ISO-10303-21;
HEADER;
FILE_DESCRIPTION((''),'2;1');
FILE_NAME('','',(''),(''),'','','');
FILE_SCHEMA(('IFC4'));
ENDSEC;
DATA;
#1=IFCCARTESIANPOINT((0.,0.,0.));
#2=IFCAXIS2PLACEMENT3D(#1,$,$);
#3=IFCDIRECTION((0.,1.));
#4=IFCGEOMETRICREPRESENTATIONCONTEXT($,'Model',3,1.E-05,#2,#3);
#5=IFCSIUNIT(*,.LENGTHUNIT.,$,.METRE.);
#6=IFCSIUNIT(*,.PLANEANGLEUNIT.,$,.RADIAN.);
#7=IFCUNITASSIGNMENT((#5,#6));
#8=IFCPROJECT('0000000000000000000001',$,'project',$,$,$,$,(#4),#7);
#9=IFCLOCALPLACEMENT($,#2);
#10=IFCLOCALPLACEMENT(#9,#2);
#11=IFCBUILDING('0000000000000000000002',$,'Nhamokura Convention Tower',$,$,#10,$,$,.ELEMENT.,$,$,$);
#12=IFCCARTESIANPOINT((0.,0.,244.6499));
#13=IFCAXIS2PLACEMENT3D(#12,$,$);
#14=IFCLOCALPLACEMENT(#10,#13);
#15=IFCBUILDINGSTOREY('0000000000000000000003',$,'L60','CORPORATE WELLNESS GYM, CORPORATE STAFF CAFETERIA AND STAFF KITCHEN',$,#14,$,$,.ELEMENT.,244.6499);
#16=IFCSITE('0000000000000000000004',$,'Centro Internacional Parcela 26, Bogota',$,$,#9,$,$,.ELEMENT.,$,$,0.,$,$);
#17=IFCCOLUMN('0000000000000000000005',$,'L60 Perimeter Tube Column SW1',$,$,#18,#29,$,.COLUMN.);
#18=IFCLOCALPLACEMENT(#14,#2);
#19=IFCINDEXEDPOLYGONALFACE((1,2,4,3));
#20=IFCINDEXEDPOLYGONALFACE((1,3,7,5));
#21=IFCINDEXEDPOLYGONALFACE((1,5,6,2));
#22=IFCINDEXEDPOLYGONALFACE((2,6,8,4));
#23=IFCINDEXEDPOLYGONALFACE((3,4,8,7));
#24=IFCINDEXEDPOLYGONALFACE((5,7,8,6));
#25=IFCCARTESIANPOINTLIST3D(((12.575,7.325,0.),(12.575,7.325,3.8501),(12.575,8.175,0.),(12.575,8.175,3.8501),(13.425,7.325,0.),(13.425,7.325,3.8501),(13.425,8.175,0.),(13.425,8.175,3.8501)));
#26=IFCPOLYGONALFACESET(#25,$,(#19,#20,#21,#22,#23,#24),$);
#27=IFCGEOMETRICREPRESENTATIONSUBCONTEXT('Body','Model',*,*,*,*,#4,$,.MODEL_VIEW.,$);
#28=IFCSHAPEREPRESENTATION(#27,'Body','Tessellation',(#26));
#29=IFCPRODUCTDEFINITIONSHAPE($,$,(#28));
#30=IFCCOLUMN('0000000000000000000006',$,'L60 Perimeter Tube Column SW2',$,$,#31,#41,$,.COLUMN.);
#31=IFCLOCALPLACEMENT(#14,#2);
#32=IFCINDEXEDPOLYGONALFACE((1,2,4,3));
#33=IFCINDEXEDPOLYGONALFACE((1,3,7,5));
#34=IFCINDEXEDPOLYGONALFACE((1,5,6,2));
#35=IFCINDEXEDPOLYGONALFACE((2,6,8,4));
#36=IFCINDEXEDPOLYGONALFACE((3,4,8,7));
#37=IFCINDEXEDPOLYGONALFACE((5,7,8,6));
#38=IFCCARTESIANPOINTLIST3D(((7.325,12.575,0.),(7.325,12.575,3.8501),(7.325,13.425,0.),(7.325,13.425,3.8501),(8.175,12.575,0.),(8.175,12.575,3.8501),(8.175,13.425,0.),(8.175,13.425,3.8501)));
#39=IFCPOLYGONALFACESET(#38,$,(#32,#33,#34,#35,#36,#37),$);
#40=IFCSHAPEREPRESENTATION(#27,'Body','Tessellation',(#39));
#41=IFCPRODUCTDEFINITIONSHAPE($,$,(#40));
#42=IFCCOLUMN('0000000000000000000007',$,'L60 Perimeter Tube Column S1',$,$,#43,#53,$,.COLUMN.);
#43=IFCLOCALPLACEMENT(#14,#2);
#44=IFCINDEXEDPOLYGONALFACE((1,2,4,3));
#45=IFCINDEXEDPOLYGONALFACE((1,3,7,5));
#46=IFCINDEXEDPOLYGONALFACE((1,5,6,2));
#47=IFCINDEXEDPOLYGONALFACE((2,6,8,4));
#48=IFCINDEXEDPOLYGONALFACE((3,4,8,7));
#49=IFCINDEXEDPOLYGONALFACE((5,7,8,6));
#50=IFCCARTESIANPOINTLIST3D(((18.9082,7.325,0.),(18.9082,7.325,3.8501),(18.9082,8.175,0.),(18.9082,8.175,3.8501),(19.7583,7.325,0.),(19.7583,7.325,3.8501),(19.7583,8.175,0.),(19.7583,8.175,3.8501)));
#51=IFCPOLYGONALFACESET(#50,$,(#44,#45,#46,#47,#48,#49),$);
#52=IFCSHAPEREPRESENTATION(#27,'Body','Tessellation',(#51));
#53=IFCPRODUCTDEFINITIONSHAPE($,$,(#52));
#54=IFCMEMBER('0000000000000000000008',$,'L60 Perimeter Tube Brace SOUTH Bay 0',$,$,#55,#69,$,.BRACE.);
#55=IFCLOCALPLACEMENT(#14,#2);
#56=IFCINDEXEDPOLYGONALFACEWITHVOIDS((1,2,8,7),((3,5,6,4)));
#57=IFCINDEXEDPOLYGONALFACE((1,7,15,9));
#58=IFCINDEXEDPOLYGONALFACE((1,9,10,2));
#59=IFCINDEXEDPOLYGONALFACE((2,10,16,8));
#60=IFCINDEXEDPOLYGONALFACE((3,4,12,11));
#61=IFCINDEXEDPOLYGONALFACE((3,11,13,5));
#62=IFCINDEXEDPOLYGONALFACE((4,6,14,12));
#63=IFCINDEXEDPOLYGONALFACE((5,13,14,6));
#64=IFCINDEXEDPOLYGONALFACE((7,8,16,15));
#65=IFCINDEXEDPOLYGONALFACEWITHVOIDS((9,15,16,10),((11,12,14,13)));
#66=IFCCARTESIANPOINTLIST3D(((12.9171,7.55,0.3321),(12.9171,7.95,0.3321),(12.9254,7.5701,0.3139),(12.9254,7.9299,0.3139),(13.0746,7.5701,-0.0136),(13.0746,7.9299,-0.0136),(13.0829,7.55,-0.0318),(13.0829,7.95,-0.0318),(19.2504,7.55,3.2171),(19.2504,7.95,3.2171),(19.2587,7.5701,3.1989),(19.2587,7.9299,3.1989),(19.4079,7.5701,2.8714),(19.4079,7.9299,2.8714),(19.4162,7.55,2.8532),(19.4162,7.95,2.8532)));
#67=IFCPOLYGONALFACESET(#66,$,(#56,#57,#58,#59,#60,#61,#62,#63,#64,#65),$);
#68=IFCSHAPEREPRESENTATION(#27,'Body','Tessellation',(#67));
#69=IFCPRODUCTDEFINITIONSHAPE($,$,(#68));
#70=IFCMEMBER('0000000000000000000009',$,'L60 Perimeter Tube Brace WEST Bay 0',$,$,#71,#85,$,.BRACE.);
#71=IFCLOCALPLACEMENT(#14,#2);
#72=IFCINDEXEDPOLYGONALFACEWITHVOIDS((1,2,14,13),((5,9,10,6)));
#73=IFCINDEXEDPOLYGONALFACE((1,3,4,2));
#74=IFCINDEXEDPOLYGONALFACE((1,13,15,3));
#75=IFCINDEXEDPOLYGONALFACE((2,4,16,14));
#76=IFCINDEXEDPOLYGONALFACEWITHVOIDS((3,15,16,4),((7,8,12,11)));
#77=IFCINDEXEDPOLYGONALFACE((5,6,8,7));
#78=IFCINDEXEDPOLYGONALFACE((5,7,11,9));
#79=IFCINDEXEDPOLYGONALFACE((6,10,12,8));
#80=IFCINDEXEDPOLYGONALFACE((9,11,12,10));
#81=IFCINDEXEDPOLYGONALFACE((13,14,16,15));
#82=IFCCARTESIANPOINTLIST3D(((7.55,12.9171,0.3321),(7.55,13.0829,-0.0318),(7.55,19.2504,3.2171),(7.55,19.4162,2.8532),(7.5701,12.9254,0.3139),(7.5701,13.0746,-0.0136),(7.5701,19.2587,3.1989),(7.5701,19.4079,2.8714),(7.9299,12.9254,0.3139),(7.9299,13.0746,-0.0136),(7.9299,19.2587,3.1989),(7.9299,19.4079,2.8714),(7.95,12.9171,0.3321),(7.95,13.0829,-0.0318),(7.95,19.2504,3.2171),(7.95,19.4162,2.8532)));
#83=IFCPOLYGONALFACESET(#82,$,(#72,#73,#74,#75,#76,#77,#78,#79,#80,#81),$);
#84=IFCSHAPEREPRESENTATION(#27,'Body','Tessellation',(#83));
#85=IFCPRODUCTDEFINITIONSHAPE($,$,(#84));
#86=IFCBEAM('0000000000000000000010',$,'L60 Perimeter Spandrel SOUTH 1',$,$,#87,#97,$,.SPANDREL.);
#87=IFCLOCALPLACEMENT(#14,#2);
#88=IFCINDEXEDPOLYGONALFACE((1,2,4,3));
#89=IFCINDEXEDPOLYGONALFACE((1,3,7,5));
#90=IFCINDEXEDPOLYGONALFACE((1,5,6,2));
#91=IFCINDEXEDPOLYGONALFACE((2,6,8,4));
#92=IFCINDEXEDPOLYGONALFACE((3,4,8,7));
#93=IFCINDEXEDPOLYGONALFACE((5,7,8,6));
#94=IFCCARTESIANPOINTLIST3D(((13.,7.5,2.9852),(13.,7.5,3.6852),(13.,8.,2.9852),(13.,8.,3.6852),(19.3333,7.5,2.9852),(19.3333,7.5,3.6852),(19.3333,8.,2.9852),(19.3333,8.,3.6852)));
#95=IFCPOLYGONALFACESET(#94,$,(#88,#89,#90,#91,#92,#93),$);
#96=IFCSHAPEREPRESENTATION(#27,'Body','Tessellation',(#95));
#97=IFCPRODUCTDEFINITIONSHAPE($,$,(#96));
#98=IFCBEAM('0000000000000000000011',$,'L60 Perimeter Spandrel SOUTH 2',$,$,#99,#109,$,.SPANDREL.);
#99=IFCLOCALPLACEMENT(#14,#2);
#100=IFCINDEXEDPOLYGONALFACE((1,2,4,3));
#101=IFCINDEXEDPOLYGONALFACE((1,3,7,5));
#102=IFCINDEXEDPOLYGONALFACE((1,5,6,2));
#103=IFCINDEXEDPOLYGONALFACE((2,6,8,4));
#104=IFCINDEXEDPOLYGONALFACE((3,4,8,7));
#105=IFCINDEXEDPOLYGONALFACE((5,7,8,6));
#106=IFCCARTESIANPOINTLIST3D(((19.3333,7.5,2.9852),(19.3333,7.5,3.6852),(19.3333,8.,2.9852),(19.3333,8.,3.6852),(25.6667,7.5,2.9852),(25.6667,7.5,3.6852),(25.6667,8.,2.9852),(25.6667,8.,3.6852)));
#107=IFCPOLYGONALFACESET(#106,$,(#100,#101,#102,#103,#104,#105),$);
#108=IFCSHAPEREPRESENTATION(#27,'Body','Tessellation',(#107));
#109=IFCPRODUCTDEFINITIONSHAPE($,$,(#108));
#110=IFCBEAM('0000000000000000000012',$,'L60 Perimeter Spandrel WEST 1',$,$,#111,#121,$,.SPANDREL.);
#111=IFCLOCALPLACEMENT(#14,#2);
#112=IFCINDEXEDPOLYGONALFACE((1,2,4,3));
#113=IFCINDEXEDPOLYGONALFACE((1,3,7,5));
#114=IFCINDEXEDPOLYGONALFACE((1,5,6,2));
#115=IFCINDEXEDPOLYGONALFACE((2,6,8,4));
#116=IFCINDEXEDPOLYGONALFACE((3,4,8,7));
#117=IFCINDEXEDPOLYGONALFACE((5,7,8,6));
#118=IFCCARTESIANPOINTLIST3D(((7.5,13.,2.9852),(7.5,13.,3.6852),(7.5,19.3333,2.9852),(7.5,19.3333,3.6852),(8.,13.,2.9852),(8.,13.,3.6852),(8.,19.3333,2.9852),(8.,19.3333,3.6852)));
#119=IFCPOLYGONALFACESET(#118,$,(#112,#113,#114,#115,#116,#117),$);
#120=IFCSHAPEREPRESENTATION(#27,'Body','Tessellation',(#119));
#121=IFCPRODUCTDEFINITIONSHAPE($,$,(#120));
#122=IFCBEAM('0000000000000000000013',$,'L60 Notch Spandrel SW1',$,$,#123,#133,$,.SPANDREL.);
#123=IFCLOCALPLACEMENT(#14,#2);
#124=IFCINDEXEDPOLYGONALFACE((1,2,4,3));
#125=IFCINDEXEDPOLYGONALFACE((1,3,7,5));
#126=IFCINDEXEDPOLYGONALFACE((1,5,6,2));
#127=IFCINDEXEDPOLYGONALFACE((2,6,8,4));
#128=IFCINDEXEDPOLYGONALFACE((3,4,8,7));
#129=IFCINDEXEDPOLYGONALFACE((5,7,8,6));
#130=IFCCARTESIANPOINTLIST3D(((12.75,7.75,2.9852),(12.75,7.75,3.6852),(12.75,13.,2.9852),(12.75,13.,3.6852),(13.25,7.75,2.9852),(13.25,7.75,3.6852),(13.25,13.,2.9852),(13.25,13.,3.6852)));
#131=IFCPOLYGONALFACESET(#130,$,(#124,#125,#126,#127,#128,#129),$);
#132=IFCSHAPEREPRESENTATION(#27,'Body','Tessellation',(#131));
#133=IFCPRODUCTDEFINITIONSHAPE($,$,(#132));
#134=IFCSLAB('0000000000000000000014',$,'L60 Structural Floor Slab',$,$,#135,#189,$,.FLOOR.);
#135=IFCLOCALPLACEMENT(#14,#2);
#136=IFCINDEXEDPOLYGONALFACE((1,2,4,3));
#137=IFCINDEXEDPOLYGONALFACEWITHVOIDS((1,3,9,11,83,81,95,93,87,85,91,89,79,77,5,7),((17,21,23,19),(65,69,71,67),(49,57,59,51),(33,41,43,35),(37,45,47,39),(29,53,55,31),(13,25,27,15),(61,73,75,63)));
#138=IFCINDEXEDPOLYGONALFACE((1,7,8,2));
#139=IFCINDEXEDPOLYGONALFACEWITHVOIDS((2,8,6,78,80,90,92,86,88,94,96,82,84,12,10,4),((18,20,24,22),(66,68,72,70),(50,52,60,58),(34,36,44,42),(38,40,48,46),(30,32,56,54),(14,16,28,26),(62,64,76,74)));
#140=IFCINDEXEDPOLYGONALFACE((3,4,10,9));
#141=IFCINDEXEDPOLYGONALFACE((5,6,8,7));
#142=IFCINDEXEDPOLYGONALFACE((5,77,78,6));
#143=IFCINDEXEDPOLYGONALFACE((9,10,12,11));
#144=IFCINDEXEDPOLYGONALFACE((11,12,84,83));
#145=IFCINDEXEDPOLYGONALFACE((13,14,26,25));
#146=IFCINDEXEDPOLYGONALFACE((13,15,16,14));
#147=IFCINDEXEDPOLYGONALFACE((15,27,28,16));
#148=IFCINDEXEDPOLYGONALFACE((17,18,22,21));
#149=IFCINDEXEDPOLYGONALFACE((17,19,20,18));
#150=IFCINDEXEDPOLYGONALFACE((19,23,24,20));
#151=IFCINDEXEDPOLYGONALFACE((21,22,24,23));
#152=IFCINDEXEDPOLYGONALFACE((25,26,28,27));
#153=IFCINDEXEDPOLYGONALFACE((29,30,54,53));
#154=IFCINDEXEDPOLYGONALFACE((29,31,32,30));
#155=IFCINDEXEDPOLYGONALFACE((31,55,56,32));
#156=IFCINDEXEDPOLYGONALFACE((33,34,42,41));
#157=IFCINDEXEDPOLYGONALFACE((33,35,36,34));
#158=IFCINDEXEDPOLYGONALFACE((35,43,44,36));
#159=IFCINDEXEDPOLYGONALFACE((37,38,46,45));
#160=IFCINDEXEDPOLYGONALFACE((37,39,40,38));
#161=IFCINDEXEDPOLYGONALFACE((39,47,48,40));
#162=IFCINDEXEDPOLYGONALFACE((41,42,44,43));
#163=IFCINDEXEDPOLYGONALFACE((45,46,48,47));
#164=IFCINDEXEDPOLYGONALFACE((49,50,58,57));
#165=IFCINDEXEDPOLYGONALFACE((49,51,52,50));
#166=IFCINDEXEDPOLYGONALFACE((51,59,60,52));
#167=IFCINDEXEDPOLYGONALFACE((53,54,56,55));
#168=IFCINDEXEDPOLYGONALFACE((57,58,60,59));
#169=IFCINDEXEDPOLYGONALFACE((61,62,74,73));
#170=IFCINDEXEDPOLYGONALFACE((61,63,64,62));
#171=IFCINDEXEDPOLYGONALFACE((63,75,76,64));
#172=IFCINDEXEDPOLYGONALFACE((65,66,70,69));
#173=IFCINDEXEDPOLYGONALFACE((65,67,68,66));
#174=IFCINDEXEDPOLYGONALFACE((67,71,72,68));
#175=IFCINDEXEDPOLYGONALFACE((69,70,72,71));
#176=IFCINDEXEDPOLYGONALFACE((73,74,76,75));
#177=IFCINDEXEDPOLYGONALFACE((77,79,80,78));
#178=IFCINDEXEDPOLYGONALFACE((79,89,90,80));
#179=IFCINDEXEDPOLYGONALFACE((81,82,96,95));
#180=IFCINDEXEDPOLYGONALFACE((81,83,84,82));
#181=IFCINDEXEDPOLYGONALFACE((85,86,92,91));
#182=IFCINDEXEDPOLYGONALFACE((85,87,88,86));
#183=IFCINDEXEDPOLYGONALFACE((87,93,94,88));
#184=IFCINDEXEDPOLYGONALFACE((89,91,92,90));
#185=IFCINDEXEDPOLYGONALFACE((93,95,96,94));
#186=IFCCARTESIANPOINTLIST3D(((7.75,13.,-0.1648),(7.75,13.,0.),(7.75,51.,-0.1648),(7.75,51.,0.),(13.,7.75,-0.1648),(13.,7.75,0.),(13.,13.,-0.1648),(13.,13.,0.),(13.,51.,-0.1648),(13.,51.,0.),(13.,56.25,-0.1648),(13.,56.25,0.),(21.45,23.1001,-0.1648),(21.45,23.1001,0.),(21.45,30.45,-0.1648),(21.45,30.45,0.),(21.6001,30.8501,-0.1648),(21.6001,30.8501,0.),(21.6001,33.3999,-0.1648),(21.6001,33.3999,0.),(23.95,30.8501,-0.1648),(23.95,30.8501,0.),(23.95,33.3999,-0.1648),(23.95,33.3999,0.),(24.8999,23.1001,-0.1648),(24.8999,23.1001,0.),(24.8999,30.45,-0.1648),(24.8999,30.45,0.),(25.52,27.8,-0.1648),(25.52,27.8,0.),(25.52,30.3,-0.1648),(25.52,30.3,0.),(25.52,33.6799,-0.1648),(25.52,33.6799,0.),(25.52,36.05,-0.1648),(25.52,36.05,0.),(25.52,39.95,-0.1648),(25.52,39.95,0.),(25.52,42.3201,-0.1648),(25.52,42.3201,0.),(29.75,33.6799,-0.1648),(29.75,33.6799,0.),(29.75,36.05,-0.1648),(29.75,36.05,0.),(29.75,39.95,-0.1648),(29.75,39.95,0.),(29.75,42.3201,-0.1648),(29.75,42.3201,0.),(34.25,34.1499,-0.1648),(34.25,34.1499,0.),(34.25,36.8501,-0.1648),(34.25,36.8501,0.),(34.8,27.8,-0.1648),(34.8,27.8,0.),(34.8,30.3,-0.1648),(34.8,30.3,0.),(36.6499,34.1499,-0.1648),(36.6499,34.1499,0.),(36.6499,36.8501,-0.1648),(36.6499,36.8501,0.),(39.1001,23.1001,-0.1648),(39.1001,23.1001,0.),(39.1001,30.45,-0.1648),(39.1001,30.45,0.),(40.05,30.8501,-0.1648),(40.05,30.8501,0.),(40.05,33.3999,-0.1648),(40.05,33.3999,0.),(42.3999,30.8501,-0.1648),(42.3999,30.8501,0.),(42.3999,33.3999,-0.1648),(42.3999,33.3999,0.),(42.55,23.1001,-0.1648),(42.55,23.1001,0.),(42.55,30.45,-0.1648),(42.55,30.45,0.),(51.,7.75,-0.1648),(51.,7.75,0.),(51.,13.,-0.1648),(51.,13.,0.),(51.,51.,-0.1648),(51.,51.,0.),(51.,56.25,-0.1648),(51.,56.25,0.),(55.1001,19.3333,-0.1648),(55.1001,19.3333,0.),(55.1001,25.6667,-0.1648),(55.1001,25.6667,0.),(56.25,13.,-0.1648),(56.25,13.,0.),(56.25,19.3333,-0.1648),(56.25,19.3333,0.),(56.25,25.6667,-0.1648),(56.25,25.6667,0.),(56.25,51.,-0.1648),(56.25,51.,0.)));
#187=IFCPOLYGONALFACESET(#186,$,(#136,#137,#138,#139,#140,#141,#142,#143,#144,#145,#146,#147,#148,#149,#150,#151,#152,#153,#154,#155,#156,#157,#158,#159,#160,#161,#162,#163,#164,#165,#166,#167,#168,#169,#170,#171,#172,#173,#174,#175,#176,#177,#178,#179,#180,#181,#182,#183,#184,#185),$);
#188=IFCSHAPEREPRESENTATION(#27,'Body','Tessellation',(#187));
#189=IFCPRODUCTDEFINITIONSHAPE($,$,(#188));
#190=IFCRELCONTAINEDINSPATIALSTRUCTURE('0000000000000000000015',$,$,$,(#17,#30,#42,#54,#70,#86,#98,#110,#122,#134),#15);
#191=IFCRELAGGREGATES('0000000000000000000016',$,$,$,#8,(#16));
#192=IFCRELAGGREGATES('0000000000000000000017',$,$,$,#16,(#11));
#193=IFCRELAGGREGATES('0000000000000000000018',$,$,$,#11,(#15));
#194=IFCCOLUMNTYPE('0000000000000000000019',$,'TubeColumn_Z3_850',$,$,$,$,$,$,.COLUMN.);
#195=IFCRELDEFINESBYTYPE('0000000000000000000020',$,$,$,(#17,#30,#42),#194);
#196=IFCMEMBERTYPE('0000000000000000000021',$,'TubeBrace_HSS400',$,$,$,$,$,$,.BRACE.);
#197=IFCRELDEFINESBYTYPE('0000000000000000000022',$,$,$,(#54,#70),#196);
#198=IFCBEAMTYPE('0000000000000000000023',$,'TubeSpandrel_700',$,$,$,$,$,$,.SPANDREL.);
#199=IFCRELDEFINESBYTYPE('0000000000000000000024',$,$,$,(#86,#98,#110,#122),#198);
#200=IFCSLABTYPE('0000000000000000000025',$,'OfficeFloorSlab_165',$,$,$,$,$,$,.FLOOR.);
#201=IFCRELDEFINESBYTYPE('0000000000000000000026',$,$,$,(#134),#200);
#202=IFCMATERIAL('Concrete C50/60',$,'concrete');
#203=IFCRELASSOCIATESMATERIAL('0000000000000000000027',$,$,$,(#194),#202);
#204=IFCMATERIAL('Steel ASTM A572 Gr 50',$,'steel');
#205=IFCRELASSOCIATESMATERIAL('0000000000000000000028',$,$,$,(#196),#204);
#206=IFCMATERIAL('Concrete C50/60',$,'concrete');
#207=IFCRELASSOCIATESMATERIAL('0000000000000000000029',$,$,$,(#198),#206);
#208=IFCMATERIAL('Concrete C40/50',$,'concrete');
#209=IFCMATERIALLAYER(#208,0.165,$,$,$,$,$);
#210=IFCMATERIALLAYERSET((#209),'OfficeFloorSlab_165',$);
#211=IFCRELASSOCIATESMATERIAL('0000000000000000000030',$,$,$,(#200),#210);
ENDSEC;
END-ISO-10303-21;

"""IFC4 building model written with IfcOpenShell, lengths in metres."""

from ifc_helpers import new_model, si_unit, direction, frame, origin, origin_2d, place, context, subcontext, project, spatial, polyline, rectangle, hollow_rectangle, outline, extrude, material, layer, layer_set, material_profile, profile_set, type_object, element, save


model = new_model("IFC4")

# Units and contexts
model_context = context("Model", 3, precision=1e-05, world=origin(), true_north=direction((0.0, 1.0)))
body_context = subcontext(model_context, "Body", "Model", "MODEL_VIEW")
ifc_project = project(units=[si_unit("LENGTHUNIT", "METRE"), si_unit("PLANEANGLEUNIT", "RADIAN")], contexts=[model_context])

# Site, building, storey
site_placement = place(None, origin())
site = spatial("IfcSite", under=ifc_project, at=site_placement, Name="Centro Internacional Parcela 26, Bogota", CompositionType="ELEMENT", RefElevation=0.0)
building_placement = place(site_placement, origin())
building = spatial("IfcBuilding", under=site, at=building_placement, Name="Nhamokura Convention Tower", CompositionType="ELEMENT")
storey_placement = place(building_placement, frame((0.0, 0.0, 244.6499)))
storey = spatial("IfcBuildingStorey", under=building, at=storey_placement, Name="L60", Description="CORPORATE WELLNESS GYM, CORPORATE STAFF CAFETERIA AND STAFF KITCHEN", CompositionType="ELEMENT", Elevation=244.6499)

# Columns
ifc_material_1 = material(Name="Concrete C50/60", Category="concrete")
ifc_material_profile_1 = material_profile(ifc_material_1, rectangle(XDim=0.8501, YDim=0.8501, at=origin_2d()))
ifc_profile_set_1 = profile_set([ifc_material_profile_1], Name="Concrete C50/60")
column_type = type_object("IfcColumnType", Name="TubeColumn_Z3_850", PredefinedType="COLUMN", material=ifc_profile_set_1)
for number, where, z_axis, x_axis, name in (
    (1, (13.0, 7.75, 0.0), (0.0, 0.0, 1.0), (1.0, 0.0, 0.0), "L60 Perimeter Tube Column SW1"),
    (2, (7.75, 13.0, 0.0), (0.0, 0.0, 1.0), (1.0, 0.0, 0.0), "L60 Perimeter Tube Column SW2"),
    (3, (19.3333, 7.75, 0.0), (0.0, 0.0, 1.0), (1.0, 0.0, 0.0), "L60 Perimeter Tube Column S1"),
):
    element("IfcColumn", number, at=place(storey_placement, frame(where, z_axis=z_axis, x_axis=x_axis)), inside=storey, type_object=column_type, Name=name, PredefinedType="COLUMN", context=body_context, shape_type="SweptSolid", body=[
        extrude(rectangle(XDim=0.8501, YDim=0.8501, at=origin_2d()), origin(), (0.0, 0.0, 1.0), 3.8501),
    ])

# Members
ifc_material_2 = material(Name="Steel ASTM A572 Gr 50", Category="steel")
ifc_material_profile_2 = material_profile(ifc_material_2, hollow_rectangle(XDim=0.3999, YDim=0.3999, WallThickness=0.02, at=origin_2d()))
ifc_profile_set_2 = profile_set([ifc_material_profile_2], Name="Steel ASTM A572 Gr 50")
member_type = type_object("IfcMemberType", Name="TubeBrace_HSS400", PredefinedType="BRACE", material=ifc_profile_set_2)
for number, where, z_axis, x_axis, name in (
    (4, (13.0, 7.75, 0.1501), (0.910027, 0.0, 0.414548), (0.0, 1.0, 0.0), "L60 Perimeter Tube Brace SOUTH Bay 0"),
    (5, (7.75, 13.0, 0.1501), (0.0, 0.910027, 0.414548), (-1.0, 0.0, 0.0), "L60 Perimeter Tube Brace WEST Bay 0"),
):
    element("IfcMember", number, at=place(storey_placement, frame(where, z_axis=z_axis, x_axis=x_axis)), inside=storey, type_object=member_type, Name=name, PredefinedType="BRACE", context=body_context, shape_type="SweptSolid", body=[
        extrude(hollow_rectangle(XDim=0.3999, YDim=0.3999, WallThickness=0.02, at=origin_2d()), origin(), (0.0, 0.0, 1.0), 6.9595),
    ])

# Beams
ifc_material_3 = material(Name="Concrete C50/60", Category="concrete")
ifc_material_profile_3 = material_profile(ifc_material_3, rectangle(XDim=0.5, YDim=0.7, at=origin_2d()))
ifc_profile_set_3 = profile_set([ifc_material_profile_3], Name="Concrete C50/60")
beam_type = type_object("IfcBeamType", Name="TubeSpandrel_700", PredefinedType="SPANDREL", material=ifc_profile_set_3)
beam_1_placement = place(storey_placement, frame((13.0, 7.75, 3.3352), z_axis=(1.0, 0.0, 0.0), x_axis=(0.0, 1.0, 0.0)))
element("IfcBeam", 6, at=beam_1_placement, inside=storey, type_object=beam_type, Name="L60 Perimeter Spandrel SOUTH 1", PredefinedType="SPANDREL", context=body_context, shape_type="SweptSolid", body=[
    extrude(rectangle(XDim=0.5, YDim=0.7, at=origin_2d()), origin(), (0.0, 0.0, 1.0), 6.3333),
])
beam_2_placement = place(storey_placement, frame((19.3333, 7.75, 3.3352), z_axis=(1.0, 0.0, 0.0), x_axis=(0.0, 1.0, 0.0)))
element("IfcBeam", 7, at=beam_2_placement, inside=storey, type_object=beam_type, Name="L60 Perimeter Spandrel SOUTH 2", PredefinedType="SPANDREL", context=body_context, shape_type="SweptSolid", body=[
    extrude(rectangle(XDim=0.5, YDim=0.7, at=origin_2d()), origin(), (0.0, 0.0, 1.0), 6.3335),
])
beam_3_placement = place(storey_placement, frame((7.75, 13.0, 3.3352), z_axis=(0.0, 1.0, 0.0), x_axis=(-1.0, 0.0, 0.0)))
element("IfcBeam", 8, at=beam_3_placement, inside=storey, type_object=beam_type, Name="L60 Perimeter Spandrel WEST 1", PredefinedType="SPANDREL", context=body_context, shape_type="SweptSolid", body=[
    extrude(rectangle(XDim=0.5, YDim=0.7, at=origin_2d()), origin(), (0.0, 0.0, 1.0), 6.3333),
])
beam_4_placement = place(storey_placement, frame((13.0, 7.75, 3.3352), z_axis=(0.0, 1.0, 0.0), x_axis=(-1.0, 0.0, 0.0)))
element("IfcBeam", 9, at=beam_4_placement, inside=storey, type_object=beam_type, Name="L60 Notch Spandrel SW1", PredefinedType="SPANDREL", context=body_context, shape_type="SweptSolid", body=[
    extrude(rectangle(XDim=0.5, YDim=0.7, at=origin_2d()), origin(), (0.0, 0.0, 1.0), 5.25),
])

# Slab
ifc_material_4 = material(Name="Concrete C40/50", Category="concrete")
ifc_layer_1 = layer(ifc_material_4, 0.165)
ifc_layer_set_1 = layer_set([ifc_layer_1], Name="OfficeFloorSlab_165")
slab_type_1 = type_object("IfcSlabType", Name="OfficeFloorSlab_165", PredefinedType="FLOOR", material=ifc_layer_set_1)
slab_1_placement = place(storey_placement, frame((0.0, 0.0, -0.1648)))
element("IfcSlab", 10, at=slab_1_placement, inside=storey, type_object=slab_type_1, Name="L60 Structural Floor Slab", PredefinedType="FLOOR", context=body_context, shape_type="SweptSolid", body=[
    extrude(outline(polyline([(13.0, 7.75), (51.0, 7.75), (51.0, 13.0), (56.25, 13.0), (56.25, 19.3333), (55.1001, 19.3333), (55.1001, 25.6667), (56.25, 25.6667), (56.25, 51.0), (51.0, 51.0), (51.0, 56.25), (13.0, 56.25), (13.0, 51.0), (7.75, 51.0), (7.75, 13.0), (13.0, 13.0), (13.0, 7.75)]), holes=[polyline([(24.8999, 23.1001), (24.8999, 30.45), (21.45, 30.45), (21.45, 23.1001), (24.8999, 23.1001)]), polyline([(42.55, 23.1001), (42.55, 30.45), (39.1001, 30.45), (39.1001, 23.1001), (42.55, 23.1001)]), polyline([(21.6001, 30.8501), (23.95, 30.8501), (23.95, 33.3999), (21.6001, 33.3999), (21.6001, 30.8501)]), polyline([(40.05, 30.8501), (42.3999, 30.8501), (42.3999, 33.3999), (40.05, 33.3999), (40.05, 30.8501)]), polyline([(34.25, 34.1499), (36.6499, 34.1499), (36.6499, 36.8501), (34.25, 36.8501), (34.25, 34.1499)]), polyline([(25.52, 27.8), (34.8, 27.8), (34.8, 30.3), (25.52, 30.3), (25.52, 27.8)]), polyline([(25.52, 33.6799), (29.75, 33.6799), (29.75, 36.05), (25.52, 36.05), (25.52, 33.6799)]), polyline([(25.52, 39.95), (29.75, 39.95), (29.75, 42.3201), (25.52, 42.3201), (25.52, 39.95)])]), origin(), (0.0, 0.0, 1.0), 0.1648),
])

save(model, "model.ifc")
